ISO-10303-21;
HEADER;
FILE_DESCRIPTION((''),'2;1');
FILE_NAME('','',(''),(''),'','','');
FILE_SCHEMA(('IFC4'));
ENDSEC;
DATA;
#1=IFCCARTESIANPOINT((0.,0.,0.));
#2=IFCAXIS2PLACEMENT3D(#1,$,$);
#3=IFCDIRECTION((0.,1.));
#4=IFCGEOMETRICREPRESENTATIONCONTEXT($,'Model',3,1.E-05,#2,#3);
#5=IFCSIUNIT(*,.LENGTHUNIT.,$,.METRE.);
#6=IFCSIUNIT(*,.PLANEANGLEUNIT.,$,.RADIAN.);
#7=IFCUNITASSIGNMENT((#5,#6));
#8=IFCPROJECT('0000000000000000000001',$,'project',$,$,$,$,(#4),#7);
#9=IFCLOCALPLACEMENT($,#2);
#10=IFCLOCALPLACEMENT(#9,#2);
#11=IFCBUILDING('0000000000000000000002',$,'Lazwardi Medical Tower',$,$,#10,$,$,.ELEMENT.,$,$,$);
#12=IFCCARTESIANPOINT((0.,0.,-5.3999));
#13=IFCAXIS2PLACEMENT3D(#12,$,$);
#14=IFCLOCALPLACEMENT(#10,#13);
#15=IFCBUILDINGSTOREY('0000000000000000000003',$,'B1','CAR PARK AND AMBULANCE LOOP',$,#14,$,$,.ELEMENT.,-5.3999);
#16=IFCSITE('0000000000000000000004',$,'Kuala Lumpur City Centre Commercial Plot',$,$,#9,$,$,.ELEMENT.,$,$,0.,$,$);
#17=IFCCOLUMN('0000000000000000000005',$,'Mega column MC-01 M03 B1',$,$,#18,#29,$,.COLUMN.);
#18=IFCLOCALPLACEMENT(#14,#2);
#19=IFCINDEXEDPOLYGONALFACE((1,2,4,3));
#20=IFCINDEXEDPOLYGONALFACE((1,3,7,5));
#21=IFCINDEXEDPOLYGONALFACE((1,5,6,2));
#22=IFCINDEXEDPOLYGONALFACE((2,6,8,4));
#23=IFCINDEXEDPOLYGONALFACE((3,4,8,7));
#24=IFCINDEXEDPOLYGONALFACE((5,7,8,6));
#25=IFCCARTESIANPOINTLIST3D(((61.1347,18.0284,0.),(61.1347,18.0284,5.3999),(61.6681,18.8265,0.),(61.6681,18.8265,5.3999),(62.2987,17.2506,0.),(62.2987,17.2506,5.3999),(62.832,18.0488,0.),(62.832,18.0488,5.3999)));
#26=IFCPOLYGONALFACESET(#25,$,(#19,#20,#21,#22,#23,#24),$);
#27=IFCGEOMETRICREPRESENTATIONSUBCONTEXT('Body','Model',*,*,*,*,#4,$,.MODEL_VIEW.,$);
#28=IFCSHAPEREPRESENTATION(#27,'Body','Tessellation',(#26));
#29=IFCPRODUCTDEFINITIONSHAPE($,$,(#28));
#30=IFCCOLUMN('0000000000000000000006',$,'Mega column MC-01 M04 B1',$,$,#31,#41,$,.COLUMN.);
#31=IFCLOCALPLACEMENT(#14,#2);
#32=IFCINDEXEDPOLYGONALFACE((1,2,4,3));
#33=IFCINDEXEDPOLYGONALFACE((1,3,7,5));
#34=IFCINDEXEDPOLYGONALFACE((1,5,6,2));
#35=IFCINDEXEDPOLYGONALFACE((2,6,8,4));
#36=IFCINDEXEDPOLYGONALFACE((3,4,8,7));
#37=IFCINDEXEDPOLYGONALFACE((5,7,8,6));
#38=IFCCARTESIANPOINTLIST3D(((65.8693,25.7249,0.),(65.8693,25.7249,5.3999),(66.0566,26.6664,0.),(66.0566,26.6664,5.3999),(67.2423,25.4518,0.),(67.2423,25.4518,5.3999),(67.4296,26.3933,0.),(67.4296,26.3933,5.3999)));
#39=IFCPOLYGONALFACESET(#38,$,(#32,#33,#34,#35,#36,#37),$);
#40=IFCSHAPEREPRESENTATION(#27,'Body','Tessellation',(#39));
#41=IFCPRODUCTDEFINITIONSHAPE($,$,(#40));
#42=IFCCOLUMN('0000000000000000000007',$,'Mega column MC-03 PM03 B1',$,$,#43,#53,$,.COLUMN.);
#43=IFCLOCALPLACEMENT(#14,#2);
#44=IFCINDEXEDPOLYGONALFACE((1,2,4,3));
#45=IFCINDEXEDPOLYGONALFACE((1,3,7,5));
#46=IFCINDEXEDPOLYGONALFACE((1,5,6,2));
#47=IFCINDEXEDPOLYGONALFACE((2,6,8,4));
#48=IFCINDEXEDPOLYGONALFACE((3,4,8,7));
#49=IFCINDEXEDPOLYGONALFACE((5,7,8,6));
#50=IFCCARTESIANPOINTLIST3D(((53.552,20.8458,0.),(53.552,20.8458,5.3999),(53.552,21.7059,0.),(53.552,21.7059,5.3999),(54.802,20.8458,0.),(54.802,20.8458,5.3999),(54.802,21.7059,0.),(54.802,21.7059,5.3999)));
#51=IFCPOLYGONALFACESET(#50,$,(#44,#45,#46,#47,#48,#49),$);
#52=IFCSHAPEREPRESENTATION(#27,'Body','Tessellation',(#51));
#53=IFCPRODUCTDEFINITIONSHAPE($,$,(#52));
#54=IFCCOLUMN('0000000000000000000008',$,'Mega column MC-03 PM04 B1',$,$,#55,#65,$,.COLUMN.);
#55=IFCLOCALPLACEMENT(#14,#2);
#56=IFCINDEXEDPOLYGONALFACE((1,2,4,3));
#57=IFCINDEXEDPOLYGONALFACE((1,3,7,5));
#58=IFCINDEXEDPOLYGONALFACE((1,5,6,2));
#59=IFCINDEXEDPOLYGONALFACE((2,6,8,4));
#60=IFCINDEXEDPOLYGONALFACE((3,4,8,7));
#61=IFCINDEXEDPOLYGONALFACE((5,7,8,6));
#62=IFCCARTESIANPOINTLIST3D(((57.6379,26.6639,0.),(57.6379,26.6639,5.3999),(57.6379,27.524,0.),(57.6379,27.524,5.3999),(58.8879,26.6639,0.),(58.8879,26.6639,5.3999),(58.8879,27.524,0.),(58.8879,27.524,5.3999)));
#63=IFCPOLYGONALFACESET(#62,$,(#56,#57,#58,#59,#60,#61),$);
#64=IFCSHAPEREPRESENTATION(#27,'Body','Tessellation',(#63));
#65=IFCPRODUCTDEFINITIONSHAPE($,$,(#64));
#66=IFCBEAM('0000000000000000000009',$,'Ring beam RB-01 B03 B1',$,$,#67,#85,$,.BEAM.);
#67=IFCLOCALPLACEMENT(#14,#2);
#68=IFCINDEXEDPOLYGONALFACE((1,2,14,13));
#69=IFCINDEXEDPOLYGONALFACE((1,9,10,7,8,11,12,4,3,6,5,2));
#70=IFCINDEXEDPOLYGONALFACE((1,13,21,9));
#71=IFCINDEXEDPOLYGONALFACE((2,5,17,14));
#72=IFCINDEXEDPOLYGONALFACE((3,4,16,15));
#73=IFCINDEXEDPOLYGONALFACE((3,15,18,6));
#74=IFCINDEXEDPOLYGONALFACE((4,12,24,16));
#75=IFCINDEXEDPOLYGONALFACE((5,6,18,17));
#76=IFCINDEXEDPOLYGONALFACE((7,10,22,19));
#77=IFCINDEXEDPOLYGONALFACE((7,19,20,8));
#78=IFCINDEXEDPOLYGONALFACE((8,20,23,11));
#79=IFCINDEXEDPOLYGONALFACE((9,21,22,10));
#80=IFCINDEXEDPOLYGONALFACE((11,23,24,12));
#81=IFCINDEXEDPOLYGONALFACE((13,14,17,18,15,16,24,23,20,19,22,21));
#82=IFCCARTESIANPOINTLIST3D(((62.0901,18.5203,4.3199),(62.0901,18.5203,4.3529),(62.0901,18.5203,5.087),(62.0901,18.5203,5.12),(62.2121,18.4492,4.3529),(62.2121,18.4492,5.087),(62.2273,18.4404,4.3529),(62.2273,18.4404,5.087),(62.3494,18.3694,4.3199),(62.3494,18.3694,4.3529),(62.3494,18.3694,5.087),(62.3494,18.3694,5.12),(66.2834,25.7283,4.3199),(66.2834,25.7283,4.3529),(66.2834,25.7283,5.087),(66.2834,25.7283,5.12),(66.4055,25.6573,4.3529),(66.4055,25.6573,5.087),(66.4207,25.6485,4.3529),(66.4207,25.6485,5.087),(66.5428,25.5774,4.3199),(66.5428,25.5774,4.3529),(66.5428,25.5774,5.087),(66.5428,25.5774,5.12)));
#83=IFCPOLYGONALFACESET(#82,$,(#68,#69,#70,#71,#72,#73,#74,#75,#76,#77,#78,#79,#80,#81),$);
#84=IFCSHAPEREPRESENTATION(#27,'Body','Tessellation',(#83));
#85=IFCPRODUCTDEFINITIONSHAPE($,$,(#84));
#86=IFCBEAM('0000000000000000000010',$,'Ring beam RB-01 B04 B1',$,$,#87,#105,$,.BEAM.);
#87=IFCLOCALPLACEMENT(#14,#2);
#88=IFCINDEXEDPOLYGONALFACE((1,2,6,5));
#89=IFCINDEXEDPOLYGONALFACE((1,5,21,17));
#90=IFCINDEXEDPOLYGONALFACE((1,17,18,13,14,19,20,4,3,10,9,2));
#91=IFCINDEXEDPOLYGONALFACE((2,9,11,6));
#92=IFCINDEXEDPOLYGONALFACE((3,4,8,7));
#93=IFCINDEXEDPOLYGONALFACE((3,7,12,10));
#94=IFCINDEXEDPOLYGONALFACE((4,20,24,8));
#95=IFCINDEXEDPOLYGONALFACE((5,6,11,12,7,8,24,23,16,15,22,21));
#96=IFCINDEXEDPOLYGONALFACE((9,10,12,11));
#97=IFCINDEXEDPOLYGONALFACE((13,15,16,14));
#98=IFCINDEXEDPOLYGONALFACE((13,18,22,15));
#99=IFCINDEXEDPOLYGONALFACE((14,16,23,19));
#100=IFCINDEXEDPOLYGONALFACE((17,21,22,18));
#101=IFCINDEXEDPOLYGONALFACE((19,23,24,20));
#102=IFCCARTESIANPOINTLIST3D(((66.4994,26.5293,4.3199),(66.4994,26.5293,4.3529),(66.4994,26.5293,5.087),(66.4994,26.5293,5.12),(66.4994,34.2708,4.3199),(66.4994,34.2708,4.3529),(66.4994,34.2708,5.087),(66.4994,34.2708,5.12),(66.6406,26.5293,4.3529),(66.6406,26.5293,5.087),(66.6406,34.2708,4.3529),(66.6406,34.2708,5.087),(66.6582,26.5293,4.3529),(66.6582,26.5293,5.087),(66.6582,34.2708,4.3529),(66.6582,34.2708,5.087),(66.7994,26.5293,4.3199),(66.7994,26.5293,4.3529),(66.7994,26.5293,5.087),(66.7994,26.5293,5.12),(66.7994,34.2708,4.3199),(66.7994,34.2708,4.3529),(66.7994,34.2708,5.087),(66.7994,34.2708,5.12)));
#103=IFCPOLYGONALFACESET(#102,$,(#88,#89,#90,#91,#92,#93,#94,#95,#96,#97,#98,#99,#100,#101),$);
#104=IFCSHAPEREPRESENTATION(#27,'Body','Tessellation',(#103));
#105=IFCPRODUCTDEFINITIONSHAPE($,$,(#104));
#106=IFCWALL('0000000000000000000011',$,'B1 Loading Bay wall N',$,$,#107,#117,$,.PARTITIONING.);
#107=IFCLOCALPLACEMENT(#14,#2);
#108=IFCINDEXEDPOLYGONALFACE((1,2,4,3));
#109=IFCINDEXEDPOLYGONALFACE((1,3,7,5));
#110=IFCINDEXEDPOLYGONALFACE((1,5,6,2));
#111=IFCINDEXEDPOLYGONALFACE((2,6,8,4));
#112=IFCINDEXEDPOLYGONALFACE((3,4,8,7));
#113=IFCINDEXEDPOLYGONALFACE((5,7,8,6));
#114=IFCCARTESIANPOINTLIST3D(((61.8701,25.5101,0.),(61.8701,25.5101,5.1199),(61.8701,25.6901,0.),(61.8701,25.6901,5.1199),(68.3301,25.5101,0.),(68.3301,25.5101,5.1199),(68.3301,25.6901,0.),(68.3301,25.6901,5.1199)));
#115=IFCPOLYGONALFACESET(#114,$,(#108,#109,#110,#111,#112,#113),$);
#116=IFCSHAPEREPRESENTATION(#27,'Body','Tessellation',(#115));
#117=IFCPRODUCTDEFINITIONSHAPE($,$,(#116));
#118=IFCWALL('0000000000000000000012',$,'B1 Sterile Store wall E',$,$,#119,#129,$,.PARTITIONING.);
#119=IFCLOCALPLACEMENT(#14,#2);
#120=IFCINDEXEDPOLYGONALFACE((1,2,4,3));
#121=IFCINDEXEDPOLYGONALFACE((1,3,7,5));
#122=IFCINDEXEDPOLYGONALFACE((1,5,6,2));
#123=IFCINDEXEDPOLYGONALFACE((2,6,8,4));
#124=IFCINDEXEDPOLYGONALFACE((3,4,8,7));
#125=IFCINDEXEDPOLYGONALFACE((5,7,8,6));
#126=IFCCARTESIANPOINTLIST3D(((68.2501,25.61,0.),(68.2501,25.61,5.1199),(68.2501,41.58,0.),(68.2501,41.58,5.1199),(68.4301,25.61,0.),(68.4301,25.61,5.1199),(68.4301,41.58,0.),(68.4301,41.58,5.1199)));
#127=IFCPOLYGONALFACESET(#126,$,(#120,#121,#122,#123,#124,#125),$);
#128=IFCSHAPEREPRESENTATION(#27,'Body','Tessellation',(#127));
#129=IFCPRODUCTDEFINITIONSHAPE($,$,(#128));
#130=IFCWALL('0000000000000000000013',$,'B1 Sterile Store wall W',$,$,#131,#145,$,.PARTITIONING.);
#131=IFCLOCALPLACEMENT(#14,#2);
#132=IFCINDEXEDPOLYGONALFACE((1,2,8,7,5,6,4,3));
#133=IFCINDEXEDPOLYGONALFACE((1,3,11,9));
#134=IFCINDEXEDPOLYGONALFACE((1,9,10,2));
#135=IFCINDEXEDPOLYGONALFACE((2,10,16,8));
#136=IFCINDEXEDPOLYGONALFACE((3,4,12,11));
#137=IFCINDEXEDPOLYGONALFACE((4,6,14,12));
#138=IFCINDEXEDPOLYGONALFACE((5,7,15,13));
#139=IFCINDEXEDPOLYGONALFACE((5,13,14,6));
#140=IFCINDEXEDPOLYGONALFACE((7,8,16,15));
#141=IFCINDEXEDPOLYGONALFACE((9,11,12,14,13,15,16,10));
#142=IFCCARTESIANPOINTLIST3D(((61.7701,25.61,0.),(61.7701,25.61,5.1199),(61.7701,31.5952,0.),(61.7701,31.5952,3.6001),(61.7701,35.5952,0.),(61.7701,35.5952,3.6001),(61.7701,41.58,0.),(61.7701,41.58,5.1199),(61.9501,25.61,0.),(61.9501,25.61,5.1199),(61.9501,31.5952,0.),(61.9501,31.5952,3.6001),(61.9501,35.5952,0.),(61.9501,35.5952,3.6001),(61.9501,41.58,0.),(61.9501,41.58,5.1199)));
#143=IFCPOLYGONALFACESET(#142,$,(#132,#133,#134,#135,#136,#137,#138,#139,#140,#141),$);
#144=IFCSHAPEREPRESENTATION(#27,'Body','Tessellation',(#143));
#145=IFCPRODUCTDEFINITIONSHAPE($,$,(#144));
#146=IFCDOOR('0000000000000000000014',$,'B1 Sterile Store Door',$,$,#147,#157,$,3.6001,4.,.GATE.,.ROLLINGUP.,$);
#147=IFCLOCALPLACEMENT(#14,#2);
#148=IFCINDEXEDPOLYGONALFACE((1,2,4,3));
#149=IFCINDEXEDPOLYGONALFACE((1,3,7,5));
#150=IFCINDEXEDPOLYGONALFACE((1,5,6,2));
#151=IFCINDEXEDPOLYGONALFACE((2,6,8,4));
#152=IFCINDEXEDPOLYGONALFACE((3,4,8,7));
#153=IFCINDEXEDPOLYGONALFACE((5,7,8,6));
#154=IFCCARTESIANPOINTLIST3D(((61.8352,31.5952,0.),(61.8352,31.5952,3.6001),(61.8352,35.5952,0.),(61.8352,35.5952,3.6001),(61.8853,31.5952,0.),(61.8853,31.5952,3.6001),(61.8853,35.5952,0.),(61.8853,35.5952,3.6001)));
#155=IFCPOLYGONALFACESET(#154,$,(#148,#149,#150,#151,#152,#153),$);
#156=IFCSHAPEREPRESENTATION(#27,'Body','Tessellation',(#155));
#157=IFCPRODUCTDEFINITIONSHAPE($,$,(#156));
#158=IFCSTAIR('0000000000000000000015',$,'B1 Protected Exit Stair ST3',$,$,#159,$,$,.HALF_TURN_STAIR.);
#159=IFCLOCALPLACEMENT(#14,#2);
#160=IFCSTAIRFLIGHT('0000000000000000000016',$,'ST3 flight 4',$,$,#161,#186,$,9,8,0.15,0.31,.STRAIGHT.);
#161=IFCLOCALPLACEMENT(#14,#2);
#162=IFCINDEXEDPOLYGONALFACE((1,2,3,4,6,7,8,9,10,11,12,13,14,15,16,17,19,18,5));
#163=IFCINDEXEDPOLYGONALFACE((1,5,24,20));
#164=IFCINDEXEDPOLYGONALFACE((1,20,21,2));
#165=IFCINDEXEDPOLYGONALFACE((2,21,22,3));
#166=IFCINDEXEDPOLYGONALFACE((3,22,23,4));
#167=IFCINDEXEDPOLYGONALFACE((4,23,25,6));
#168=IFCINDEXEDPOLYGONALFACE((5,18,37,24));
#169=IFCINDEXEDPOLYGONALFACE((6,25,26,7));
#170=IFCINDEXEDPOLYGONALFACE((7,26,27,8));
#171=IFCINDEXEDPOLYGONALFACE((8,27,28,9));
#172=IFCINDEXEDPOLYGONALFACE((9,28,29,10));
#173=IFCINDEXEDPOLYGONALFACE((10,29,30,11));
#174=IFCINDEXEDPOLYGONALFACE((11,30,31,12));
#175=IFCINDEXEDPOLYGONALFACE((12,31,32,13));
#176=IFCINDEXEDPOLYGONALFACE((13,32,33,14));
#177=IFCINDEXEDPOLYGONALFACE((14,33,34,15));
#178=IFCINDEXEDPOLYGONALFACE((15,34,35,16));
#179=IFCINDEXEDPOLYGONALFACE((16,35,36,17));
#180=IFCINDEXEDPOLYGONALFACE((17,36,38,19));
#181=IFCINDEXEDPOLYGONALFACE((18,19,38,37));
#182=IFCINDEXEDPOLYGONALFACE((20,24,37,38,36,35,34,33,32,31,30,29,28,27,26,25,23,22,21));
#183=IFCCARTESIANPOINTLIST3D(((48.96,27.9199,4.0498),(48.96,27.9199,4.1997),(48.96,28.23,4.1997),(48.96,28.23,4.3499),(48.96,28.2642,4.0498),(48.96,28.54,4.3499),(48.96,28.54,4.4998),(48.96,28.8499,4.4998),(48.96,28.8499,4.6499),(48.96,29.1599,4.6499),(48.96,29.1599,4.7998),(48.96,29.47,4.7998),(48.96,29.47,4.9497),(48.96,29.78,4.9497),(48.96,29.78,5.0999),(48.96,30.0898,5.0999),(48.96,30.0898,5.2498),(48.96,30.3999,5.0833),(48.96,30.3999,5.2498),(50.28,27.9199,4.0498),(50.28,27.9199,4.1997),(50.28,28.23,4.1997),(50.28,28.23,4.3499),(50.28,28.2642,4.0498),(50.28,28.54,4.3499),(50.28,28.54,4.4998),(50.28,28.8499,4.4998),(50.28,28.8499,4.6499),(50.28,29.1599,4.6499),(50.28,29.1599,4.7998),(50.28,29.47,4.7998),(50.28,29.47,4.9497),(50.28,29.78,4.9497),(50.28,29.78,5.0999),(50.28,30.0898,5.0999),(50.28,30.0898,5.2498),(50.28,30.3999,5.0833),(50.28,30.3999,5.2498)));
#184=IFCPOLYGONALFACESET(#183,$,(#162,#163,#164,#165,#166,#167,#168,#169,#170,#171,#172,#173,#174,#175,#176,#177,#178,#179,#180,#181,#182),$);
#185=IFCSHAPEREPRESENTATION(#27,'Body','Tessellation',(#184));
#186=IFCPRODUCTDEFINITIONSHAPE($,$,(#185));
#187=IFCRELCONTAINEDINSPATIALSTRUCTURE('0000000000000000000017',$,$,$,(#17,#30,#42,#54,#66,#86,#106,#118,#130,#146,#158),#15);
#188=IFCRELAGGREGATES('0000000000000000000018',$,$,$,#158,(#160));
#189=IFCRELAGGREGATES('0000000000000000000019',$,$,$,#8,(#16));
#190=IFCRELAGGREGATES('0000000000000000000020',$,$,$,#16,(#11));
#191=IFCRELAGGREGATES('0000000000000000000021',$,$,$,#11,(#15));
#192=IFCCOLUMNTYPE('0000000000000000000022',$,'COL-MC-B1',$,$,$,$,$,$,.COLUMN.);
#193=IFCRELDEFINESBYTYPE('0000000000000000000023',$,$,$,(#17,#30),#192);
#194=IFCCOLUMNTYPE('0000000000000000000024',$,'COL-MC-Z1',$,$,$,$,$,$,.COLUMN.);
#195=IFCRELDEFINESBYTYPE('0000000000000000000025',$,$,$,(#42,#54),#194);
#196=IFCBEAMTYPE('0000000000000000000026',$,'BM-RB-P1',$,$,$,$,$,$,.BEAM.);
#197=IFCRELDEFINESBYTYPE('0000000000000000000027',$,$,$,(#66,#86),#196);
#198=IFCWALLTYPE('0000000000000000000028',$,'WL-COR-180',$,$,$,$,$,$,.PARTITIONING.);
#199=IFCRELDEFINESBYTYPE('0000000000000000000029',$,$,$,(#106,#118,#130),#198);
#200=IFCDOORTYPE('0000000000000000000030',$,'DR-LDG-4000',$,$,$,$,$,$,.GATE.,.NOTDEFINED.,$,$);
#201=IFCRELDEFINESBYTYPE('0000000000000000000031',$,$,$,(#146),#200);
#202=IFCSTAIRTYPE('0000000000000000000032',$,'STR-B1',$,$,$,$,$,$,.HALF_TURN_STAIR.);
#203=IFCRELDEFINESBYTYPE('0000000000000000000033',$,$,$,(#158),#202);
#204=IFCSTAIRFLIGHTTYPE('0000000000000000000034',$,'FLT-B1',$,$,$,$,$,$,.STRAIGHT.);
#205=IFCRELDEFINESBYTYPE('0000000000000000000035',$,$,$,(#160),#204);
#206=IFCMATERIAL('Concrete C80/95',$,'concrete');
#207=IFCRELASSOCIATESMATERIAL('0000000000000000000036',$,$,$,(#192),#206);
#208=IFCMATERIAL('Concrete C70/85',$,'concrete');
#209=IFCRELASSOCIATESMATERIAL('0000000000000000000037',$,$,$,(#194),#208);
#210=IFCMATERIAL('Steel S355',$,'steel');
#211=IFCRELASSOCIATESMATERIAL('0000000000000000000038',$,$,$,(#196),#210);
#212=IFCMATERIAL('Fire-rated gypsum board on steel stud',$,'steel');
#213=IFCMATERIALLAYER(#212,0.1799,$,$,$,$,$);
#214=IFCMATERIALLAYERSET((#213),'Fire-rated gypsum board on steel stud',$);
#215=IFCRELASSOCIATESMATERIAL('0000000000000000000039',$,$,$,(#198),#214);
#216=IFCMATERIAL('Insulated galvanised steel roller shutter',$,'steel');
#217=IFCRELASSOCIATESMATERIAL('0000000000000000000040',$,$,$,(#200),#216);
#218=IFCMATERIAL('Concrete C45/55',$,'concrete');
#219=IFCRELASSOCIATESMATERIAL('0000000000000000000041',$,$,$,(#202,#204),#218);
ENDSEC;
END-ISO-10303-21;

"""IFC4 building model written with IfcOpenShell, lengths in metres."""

from ifc_helpers import new_model, si_unit, direction, frame, frame_2d, origin, origin_2d, place, context, subcontext, project, spatial, polyline, rectangle, i_section, outline, extrude, material, layer, layer_set, material_profile, profile_set, type_object, element, fill, aggregate, save


model = new_model("IFC4")

# Units and contexts
model_context = context("Model", 3, precision=1e-05, world=origin(), true_north=direction((0.0, 1.0)))
body_context = subcontext(model_context, "Body", "Model", "MODEL_VIEW")
ifc_project = project(units=[si_unit("LENGTHUNIT", "METRE"), si_unit("PLANEANGLEUNIT", "RADIAN")], contexts=[model_context])

# Site, building, storey
site_placement = place(None, origin())
site = spatial("IfcSite", under=ifc_project, at=site_placement, Name="Kuala Lumpur City Centre Commercial Plot", CompositionType="ELEMENT", RefElevation=0.0)
building_placement = place(site_placement, origin())
building = spatial("IfcBuilding", under=site, at=building_placement, Name="Lazwardi Medical Tower", CompositionType="ELEMENT")
storey_placement = place(building_placement, frame((0.0, 0.0, -5.3999)))
storey = spatial("IfcBuildingStorey", under=building, at=storey_placement, Name="B1", Description="CAR PARK AND AMBULANCE LOOP", CompositionType="ELEMENT", Elevation=-5.3999)

# Columns
ifc_material_1 = material(Name="Concrete C80/95", Category="concrete")
ifc_material_profile_1 = material_profile(ifc_material_1, rectangle(XDim=1.3999, YDim=0.96, at=origin_2d()), Name="CFT-RECT 1400x960")
ifc_profile_set_1 = profile_set([ifc_material_profile_1], Name="Concrete C80/95")
column_type_1 = type_object("IfcColumnType", Name="COL-MC-B1", PredefinedType="COLUMN", material=ifc_profile_set_1)
for number, where, z_axis, x_axis, name in (
    (1, (61.9834, 18.0386, 0.0), (0.0, 0.0, 1.0), (0.83147, -0.55557, 0.0), "Mega column MC-01 M03 B1"),
    (2, (66.6494, 26.0591, 0.0), (0.0, 0.0, 1.0), (0.980785, -0.19509, 0.0), "Mega column MC-01 M04 B1"),
):
    element("IfcColumn", number, at=place(storey_placement, frame(where, z_axis=z_axis, x_axis=x_axis)), inside=storey, type_object=column_type_1, Name=name, PredefinedType="COLUMN", context=body_context, shape_type="SweptSolid", body=[
        extrude(rectangle(XDim=1.3999, YDim=0.96, at=origin_2d()), origin(), (0.0, 0.0, 1.0), 5.3999),
    ])
ifc_material_2 = material(Name="Concrete C70/85", Category="concrete")
ifc_material_profile_2 = material_profile(ifc_material_2, rectangle(XDim=1.25, YDim=0.8601, at=origin_2d()), Name="CFT-RECT 1250x860")
ifc_profile_set_2 = profile_set([ifc_material_profile_2], Name="Concrete C70/85")
column_type_2 = type_object("IfcColumnType", Name="COL-MC-Z1", PredefinedType="COLUMN", material=ifc_profile_set_2)
for number, where, z_axis, x_axis, name in (
    (3, (54.177, 21.2759, 0.0), (0.0, 0.0, 1.0), (1.0, 0.0, 0.0), "Mega column MC-03 PM03 B1"),
    (4, (58.2629, 27.094, 0.0), (0.0, 0.0, 1.0), (1.0, 0.0, 0.0), "Mega column MC-03 PM04 B1"),
):
    element("IfcColumn", number, at=place(storey_placement, frame(where, z_axis=z_axis, x_axis=x_axis)), inside=storey, type_object=column_type_2, Name=name, PredefinedType="COLUMN", context=body_context, shape_type="SweptSolid", body=[
        extrude(rectangle(XDim=1.25, YDim=0.8601, at=origin_2d()), origin(), (0.0, 0.0, 1.0), 5.3999),
    ])

# Beams
ifc_material_3 = material(Name="Steel S355", Category="steel")
ifc_material_profile_3 = material_profile(ifc_material_3, i_section(OverallWidth=0.3, OverallDepth=0.8, WebThickness=0.0176, FlangeThickness=0.033, at=origin_2d()), Name="HEB 800")
ifc_profile_set_3 = profile_set([ifc_material_profile_3], Name="Steel S355")
beam_type = type_object("IfcBeamType", Name="BM-RB-P1", PredefinedType="BEAM", material=ifc_profile_set_3)
beam_1_placement = place(storey_placement, frame((62.2197, 18.4448, 4.72), z_axis=(0.502859, 0.864369, 0.0), x_axis=(-0.864369, 0.502859, 0.0)))
element("IfcBeam", 5, at=beam_1_placement, inside=storey, type_object=beam_type, Name="Ring beam RB-01 B03 B1", PredefinedType="BEAM", context=body_context, shape_type="SweptSolid", body=[
    extrude(i_section(OverallWidth=0.3, OverallDepth=0.8, WebThickness=0.0176, FlangeThickness=0.033, at=origin_2d()), origin(), (0.0, 0.0, 1.0), 8.3391),
])
beam_2_placement = place(storey_placement, frame((66.6494, 26.5293, 4.72), z_axis=(0.0, 1.0, 0.0), x_axis=(-1.0, 0.0, 0.0)))
element("IfcBeam", 6, at=beam_2_placement, inside=storey, type_object=beam_type, Name="Ring beam RB-01 B04 B1", PredefinedType="BEAM", context=body_context, shape_type="SweptSolid", body=[
    extrude(i_section(OverallWidth=0.3, OverallDepth=0.8, WebThickness=0.0176, FlangeThickness=0.033, at=origin_2d()), origin(), (0.0, 0.0, 1.0), 7.7415),
])

# Walls
ifc_material_4 = material(Name="Fire-rated gypsum board on steel stud", Category="steel")
ifc_layer = layer(ifc_material_4, 0.1799)
ifc_layer_set = layer_set([ifc_layer], Name="Fire-rated gypsum board on steel stud")
wall_type = type_object("IfcWallType", Name="WL-COR-180", PredefinedType="PARTITIONING", material=ifc_layer_set)
wall_1_placement = place(storey_placement, frame((61.8701, 25.6001, 0.0), z_axis=(0.0, 0.0, 1.0), x_axis=(1.0, 0.0, 0.0)))
element("IfcWall", 7, at=wall_1_placement, inside=storey, type_object=wall_type, Name="B1 Loading Bay wall N", PredefinedType="PARTITIONING", context=body_context, shape_type="SweptSolid", body=[
    extrude(rectangle(XDim=6.46, YDim=0.1799, at=frame_2d((3.23, 0.0))), origin(), (0.0, 0.0, 1.0), 5.1199),
])
wall_2_placement = place(storey_placement, frame((68.3401, 25.6101, 0.0), z_axis=(0.0, 0.0, 1.0), x_axis=(0.0, 1.0, 0.0)))
element("IfcWall", 8, at=wall_2_placement, inside=storey, type_object=wall_type, Name="B1 Sterile Store wall E", PredefinedType="PARTITIONING", context=body_context, shape_type="SweptSolid", body=[
    extrude(rectangle(XDim=15.97, YDim=0.1799, at=frame_2d((7.9849, 0.0))), origin(), (0.0, 0.0, 1.0), 5.1199),
])

# Wall, opening, door
wall_3_placement = place(storey_placement, frame((61.8601, 25.6101, 0.0), z_axis=(0.0, 0.0, 1.0), x_axis=(0.0, 1.0, 0.0)))
wall_3 = element("IfcWall", 9, at=wall_3_placement, inside=storey, type_object=wall_type, Name="B1 Sterile Store wall W", PredefinedType="PARTITIONING", context=body_context, shape_type="SweptSolid", body=[
    extrude(rectangle(XDim=15.97, YDim=0.1799, at=frame_2d((7.9849, 0.0))), origin(), (0.0, 0.0, 1.0), 5.1199),
])
opening_placement = place(wall_3_placement, frame((5.9851, 0.0, 0.0)))
opening = element("IfcOpeningElement", 10, at=opening_placement, cuts=wall_3, PredefinedType="OPENING", context=body_context, shape_type="SweptSolid", body=[
    extrude(rectangle(XDim=4.0, YDim=3.6001, at=frame_2d((2.0, 1.8))), frame((0.0, 0.0999, 0.0), z_axis=(0.0, -1.0, 0.0), x_axis=(1.0, 0.0, 0.0)), (0.0, 0.0, 1.0), 0.2),
])
ifc_material_5 = material(Name="Insulated galvanised steel roller shutter", Category="steel")
door_type = type_object("IfcDoorType", Name="DR-LDG-4000", OperationType="NOTDEFINED", PredefinedType="GATE", material=ifc_material_5)
door_placement = place(opening_placement, origin())
door = element("IfcDoor", 11, at=door_placement, inside=storey, type_object=door_type, Name="B1 Sterile Store Door", OperationType="ROLLINGUP", OverallHeight=3.6001, OverallWidth=4.0, PredefinedType="GATE", context=body_context, shape_type="SweptSolid", body=[
    extrude(rectangle(XDim=4.0, YDim=3.6001, at=frame_2d((2.0, 1.8))), frame((0.0, 0.0249, 0.0), z_axis=(0.0, -1.0, 0.0), x_axis=(1.0, 0.0, 0.0)), (0.0, 0.0, 1.0), 0.05),
])
fill(opening, door)

# Stair, stair flight
ifc_material_6 = material(Name="Concrete C45/55", Category="concrete")
stair_type = type_object("IfcStairType", Name="STR-B1", PredefinedType="HALF_TURN_STAIR", material=ifc_material_6)
stair_placement = place(storey_placement, origin())
stair = element("IfcStair", 12, at=stair_placement, inside=storey, type_object=stair_type, Name="B1 Protected Exit Stair ST3", PredefinedType="HALF_TURN_STAIR")
stair_flight_type = type_object("IfcStairFlightType", Name="FLT-B1", PredefinedType="STRAIGHT", material=ifc_material_6)
stair_flight_placement = place(storey_placement, frame((49.6201, 27.9199, 4.0498), z_axis=(0.0, 0.0, 1.0), x_axis=(0.0, 1.0, 0.0)))
stair_flight = element("IfcStairFlight", 13, at=stair_flight_placement, type_object=stair_flight_type, Name="ST3 flight 4", NumberOfRisers=9, NumberOfTreads=8, PredefinedType="STRAIGHT", RiserHeight=0.15, TreadLength=0.31, context=body_context, shape_type="SweptSolid", body=[
    extrude(outline(polyline([(0.0, 0.0), (0.0, 0.1499), (0.3101, 0.1499), (0.3101, 0.3), (0.6201, 0.3), (0.6201, 0.45), (0.9299, 0.45), (0.9299, 0.6001), (1.24, 0.6001), (1.24, 0.75), (1.55, 0.75), (1.55, 0.8999), (1.8601, 0.8999), (1.8601, 1.05), (2.1699, 1.05), (2.1699, 1.2), (2.48, 1.2), (2.48, 1.3501), (2.48, 1.0334), (0.3442, 0.0), (0.0, 0.0)])), frame((0.0, 0.6602, 0.0), z_axis=(0.0, -1.0, 0.0), x_axis=(1.0, 0.0, 0.0)), (0.0, 0.0, 1.0), 1.3201),
])
aggregate(stair, [stair_flight])

save(model, "model.ifc")
